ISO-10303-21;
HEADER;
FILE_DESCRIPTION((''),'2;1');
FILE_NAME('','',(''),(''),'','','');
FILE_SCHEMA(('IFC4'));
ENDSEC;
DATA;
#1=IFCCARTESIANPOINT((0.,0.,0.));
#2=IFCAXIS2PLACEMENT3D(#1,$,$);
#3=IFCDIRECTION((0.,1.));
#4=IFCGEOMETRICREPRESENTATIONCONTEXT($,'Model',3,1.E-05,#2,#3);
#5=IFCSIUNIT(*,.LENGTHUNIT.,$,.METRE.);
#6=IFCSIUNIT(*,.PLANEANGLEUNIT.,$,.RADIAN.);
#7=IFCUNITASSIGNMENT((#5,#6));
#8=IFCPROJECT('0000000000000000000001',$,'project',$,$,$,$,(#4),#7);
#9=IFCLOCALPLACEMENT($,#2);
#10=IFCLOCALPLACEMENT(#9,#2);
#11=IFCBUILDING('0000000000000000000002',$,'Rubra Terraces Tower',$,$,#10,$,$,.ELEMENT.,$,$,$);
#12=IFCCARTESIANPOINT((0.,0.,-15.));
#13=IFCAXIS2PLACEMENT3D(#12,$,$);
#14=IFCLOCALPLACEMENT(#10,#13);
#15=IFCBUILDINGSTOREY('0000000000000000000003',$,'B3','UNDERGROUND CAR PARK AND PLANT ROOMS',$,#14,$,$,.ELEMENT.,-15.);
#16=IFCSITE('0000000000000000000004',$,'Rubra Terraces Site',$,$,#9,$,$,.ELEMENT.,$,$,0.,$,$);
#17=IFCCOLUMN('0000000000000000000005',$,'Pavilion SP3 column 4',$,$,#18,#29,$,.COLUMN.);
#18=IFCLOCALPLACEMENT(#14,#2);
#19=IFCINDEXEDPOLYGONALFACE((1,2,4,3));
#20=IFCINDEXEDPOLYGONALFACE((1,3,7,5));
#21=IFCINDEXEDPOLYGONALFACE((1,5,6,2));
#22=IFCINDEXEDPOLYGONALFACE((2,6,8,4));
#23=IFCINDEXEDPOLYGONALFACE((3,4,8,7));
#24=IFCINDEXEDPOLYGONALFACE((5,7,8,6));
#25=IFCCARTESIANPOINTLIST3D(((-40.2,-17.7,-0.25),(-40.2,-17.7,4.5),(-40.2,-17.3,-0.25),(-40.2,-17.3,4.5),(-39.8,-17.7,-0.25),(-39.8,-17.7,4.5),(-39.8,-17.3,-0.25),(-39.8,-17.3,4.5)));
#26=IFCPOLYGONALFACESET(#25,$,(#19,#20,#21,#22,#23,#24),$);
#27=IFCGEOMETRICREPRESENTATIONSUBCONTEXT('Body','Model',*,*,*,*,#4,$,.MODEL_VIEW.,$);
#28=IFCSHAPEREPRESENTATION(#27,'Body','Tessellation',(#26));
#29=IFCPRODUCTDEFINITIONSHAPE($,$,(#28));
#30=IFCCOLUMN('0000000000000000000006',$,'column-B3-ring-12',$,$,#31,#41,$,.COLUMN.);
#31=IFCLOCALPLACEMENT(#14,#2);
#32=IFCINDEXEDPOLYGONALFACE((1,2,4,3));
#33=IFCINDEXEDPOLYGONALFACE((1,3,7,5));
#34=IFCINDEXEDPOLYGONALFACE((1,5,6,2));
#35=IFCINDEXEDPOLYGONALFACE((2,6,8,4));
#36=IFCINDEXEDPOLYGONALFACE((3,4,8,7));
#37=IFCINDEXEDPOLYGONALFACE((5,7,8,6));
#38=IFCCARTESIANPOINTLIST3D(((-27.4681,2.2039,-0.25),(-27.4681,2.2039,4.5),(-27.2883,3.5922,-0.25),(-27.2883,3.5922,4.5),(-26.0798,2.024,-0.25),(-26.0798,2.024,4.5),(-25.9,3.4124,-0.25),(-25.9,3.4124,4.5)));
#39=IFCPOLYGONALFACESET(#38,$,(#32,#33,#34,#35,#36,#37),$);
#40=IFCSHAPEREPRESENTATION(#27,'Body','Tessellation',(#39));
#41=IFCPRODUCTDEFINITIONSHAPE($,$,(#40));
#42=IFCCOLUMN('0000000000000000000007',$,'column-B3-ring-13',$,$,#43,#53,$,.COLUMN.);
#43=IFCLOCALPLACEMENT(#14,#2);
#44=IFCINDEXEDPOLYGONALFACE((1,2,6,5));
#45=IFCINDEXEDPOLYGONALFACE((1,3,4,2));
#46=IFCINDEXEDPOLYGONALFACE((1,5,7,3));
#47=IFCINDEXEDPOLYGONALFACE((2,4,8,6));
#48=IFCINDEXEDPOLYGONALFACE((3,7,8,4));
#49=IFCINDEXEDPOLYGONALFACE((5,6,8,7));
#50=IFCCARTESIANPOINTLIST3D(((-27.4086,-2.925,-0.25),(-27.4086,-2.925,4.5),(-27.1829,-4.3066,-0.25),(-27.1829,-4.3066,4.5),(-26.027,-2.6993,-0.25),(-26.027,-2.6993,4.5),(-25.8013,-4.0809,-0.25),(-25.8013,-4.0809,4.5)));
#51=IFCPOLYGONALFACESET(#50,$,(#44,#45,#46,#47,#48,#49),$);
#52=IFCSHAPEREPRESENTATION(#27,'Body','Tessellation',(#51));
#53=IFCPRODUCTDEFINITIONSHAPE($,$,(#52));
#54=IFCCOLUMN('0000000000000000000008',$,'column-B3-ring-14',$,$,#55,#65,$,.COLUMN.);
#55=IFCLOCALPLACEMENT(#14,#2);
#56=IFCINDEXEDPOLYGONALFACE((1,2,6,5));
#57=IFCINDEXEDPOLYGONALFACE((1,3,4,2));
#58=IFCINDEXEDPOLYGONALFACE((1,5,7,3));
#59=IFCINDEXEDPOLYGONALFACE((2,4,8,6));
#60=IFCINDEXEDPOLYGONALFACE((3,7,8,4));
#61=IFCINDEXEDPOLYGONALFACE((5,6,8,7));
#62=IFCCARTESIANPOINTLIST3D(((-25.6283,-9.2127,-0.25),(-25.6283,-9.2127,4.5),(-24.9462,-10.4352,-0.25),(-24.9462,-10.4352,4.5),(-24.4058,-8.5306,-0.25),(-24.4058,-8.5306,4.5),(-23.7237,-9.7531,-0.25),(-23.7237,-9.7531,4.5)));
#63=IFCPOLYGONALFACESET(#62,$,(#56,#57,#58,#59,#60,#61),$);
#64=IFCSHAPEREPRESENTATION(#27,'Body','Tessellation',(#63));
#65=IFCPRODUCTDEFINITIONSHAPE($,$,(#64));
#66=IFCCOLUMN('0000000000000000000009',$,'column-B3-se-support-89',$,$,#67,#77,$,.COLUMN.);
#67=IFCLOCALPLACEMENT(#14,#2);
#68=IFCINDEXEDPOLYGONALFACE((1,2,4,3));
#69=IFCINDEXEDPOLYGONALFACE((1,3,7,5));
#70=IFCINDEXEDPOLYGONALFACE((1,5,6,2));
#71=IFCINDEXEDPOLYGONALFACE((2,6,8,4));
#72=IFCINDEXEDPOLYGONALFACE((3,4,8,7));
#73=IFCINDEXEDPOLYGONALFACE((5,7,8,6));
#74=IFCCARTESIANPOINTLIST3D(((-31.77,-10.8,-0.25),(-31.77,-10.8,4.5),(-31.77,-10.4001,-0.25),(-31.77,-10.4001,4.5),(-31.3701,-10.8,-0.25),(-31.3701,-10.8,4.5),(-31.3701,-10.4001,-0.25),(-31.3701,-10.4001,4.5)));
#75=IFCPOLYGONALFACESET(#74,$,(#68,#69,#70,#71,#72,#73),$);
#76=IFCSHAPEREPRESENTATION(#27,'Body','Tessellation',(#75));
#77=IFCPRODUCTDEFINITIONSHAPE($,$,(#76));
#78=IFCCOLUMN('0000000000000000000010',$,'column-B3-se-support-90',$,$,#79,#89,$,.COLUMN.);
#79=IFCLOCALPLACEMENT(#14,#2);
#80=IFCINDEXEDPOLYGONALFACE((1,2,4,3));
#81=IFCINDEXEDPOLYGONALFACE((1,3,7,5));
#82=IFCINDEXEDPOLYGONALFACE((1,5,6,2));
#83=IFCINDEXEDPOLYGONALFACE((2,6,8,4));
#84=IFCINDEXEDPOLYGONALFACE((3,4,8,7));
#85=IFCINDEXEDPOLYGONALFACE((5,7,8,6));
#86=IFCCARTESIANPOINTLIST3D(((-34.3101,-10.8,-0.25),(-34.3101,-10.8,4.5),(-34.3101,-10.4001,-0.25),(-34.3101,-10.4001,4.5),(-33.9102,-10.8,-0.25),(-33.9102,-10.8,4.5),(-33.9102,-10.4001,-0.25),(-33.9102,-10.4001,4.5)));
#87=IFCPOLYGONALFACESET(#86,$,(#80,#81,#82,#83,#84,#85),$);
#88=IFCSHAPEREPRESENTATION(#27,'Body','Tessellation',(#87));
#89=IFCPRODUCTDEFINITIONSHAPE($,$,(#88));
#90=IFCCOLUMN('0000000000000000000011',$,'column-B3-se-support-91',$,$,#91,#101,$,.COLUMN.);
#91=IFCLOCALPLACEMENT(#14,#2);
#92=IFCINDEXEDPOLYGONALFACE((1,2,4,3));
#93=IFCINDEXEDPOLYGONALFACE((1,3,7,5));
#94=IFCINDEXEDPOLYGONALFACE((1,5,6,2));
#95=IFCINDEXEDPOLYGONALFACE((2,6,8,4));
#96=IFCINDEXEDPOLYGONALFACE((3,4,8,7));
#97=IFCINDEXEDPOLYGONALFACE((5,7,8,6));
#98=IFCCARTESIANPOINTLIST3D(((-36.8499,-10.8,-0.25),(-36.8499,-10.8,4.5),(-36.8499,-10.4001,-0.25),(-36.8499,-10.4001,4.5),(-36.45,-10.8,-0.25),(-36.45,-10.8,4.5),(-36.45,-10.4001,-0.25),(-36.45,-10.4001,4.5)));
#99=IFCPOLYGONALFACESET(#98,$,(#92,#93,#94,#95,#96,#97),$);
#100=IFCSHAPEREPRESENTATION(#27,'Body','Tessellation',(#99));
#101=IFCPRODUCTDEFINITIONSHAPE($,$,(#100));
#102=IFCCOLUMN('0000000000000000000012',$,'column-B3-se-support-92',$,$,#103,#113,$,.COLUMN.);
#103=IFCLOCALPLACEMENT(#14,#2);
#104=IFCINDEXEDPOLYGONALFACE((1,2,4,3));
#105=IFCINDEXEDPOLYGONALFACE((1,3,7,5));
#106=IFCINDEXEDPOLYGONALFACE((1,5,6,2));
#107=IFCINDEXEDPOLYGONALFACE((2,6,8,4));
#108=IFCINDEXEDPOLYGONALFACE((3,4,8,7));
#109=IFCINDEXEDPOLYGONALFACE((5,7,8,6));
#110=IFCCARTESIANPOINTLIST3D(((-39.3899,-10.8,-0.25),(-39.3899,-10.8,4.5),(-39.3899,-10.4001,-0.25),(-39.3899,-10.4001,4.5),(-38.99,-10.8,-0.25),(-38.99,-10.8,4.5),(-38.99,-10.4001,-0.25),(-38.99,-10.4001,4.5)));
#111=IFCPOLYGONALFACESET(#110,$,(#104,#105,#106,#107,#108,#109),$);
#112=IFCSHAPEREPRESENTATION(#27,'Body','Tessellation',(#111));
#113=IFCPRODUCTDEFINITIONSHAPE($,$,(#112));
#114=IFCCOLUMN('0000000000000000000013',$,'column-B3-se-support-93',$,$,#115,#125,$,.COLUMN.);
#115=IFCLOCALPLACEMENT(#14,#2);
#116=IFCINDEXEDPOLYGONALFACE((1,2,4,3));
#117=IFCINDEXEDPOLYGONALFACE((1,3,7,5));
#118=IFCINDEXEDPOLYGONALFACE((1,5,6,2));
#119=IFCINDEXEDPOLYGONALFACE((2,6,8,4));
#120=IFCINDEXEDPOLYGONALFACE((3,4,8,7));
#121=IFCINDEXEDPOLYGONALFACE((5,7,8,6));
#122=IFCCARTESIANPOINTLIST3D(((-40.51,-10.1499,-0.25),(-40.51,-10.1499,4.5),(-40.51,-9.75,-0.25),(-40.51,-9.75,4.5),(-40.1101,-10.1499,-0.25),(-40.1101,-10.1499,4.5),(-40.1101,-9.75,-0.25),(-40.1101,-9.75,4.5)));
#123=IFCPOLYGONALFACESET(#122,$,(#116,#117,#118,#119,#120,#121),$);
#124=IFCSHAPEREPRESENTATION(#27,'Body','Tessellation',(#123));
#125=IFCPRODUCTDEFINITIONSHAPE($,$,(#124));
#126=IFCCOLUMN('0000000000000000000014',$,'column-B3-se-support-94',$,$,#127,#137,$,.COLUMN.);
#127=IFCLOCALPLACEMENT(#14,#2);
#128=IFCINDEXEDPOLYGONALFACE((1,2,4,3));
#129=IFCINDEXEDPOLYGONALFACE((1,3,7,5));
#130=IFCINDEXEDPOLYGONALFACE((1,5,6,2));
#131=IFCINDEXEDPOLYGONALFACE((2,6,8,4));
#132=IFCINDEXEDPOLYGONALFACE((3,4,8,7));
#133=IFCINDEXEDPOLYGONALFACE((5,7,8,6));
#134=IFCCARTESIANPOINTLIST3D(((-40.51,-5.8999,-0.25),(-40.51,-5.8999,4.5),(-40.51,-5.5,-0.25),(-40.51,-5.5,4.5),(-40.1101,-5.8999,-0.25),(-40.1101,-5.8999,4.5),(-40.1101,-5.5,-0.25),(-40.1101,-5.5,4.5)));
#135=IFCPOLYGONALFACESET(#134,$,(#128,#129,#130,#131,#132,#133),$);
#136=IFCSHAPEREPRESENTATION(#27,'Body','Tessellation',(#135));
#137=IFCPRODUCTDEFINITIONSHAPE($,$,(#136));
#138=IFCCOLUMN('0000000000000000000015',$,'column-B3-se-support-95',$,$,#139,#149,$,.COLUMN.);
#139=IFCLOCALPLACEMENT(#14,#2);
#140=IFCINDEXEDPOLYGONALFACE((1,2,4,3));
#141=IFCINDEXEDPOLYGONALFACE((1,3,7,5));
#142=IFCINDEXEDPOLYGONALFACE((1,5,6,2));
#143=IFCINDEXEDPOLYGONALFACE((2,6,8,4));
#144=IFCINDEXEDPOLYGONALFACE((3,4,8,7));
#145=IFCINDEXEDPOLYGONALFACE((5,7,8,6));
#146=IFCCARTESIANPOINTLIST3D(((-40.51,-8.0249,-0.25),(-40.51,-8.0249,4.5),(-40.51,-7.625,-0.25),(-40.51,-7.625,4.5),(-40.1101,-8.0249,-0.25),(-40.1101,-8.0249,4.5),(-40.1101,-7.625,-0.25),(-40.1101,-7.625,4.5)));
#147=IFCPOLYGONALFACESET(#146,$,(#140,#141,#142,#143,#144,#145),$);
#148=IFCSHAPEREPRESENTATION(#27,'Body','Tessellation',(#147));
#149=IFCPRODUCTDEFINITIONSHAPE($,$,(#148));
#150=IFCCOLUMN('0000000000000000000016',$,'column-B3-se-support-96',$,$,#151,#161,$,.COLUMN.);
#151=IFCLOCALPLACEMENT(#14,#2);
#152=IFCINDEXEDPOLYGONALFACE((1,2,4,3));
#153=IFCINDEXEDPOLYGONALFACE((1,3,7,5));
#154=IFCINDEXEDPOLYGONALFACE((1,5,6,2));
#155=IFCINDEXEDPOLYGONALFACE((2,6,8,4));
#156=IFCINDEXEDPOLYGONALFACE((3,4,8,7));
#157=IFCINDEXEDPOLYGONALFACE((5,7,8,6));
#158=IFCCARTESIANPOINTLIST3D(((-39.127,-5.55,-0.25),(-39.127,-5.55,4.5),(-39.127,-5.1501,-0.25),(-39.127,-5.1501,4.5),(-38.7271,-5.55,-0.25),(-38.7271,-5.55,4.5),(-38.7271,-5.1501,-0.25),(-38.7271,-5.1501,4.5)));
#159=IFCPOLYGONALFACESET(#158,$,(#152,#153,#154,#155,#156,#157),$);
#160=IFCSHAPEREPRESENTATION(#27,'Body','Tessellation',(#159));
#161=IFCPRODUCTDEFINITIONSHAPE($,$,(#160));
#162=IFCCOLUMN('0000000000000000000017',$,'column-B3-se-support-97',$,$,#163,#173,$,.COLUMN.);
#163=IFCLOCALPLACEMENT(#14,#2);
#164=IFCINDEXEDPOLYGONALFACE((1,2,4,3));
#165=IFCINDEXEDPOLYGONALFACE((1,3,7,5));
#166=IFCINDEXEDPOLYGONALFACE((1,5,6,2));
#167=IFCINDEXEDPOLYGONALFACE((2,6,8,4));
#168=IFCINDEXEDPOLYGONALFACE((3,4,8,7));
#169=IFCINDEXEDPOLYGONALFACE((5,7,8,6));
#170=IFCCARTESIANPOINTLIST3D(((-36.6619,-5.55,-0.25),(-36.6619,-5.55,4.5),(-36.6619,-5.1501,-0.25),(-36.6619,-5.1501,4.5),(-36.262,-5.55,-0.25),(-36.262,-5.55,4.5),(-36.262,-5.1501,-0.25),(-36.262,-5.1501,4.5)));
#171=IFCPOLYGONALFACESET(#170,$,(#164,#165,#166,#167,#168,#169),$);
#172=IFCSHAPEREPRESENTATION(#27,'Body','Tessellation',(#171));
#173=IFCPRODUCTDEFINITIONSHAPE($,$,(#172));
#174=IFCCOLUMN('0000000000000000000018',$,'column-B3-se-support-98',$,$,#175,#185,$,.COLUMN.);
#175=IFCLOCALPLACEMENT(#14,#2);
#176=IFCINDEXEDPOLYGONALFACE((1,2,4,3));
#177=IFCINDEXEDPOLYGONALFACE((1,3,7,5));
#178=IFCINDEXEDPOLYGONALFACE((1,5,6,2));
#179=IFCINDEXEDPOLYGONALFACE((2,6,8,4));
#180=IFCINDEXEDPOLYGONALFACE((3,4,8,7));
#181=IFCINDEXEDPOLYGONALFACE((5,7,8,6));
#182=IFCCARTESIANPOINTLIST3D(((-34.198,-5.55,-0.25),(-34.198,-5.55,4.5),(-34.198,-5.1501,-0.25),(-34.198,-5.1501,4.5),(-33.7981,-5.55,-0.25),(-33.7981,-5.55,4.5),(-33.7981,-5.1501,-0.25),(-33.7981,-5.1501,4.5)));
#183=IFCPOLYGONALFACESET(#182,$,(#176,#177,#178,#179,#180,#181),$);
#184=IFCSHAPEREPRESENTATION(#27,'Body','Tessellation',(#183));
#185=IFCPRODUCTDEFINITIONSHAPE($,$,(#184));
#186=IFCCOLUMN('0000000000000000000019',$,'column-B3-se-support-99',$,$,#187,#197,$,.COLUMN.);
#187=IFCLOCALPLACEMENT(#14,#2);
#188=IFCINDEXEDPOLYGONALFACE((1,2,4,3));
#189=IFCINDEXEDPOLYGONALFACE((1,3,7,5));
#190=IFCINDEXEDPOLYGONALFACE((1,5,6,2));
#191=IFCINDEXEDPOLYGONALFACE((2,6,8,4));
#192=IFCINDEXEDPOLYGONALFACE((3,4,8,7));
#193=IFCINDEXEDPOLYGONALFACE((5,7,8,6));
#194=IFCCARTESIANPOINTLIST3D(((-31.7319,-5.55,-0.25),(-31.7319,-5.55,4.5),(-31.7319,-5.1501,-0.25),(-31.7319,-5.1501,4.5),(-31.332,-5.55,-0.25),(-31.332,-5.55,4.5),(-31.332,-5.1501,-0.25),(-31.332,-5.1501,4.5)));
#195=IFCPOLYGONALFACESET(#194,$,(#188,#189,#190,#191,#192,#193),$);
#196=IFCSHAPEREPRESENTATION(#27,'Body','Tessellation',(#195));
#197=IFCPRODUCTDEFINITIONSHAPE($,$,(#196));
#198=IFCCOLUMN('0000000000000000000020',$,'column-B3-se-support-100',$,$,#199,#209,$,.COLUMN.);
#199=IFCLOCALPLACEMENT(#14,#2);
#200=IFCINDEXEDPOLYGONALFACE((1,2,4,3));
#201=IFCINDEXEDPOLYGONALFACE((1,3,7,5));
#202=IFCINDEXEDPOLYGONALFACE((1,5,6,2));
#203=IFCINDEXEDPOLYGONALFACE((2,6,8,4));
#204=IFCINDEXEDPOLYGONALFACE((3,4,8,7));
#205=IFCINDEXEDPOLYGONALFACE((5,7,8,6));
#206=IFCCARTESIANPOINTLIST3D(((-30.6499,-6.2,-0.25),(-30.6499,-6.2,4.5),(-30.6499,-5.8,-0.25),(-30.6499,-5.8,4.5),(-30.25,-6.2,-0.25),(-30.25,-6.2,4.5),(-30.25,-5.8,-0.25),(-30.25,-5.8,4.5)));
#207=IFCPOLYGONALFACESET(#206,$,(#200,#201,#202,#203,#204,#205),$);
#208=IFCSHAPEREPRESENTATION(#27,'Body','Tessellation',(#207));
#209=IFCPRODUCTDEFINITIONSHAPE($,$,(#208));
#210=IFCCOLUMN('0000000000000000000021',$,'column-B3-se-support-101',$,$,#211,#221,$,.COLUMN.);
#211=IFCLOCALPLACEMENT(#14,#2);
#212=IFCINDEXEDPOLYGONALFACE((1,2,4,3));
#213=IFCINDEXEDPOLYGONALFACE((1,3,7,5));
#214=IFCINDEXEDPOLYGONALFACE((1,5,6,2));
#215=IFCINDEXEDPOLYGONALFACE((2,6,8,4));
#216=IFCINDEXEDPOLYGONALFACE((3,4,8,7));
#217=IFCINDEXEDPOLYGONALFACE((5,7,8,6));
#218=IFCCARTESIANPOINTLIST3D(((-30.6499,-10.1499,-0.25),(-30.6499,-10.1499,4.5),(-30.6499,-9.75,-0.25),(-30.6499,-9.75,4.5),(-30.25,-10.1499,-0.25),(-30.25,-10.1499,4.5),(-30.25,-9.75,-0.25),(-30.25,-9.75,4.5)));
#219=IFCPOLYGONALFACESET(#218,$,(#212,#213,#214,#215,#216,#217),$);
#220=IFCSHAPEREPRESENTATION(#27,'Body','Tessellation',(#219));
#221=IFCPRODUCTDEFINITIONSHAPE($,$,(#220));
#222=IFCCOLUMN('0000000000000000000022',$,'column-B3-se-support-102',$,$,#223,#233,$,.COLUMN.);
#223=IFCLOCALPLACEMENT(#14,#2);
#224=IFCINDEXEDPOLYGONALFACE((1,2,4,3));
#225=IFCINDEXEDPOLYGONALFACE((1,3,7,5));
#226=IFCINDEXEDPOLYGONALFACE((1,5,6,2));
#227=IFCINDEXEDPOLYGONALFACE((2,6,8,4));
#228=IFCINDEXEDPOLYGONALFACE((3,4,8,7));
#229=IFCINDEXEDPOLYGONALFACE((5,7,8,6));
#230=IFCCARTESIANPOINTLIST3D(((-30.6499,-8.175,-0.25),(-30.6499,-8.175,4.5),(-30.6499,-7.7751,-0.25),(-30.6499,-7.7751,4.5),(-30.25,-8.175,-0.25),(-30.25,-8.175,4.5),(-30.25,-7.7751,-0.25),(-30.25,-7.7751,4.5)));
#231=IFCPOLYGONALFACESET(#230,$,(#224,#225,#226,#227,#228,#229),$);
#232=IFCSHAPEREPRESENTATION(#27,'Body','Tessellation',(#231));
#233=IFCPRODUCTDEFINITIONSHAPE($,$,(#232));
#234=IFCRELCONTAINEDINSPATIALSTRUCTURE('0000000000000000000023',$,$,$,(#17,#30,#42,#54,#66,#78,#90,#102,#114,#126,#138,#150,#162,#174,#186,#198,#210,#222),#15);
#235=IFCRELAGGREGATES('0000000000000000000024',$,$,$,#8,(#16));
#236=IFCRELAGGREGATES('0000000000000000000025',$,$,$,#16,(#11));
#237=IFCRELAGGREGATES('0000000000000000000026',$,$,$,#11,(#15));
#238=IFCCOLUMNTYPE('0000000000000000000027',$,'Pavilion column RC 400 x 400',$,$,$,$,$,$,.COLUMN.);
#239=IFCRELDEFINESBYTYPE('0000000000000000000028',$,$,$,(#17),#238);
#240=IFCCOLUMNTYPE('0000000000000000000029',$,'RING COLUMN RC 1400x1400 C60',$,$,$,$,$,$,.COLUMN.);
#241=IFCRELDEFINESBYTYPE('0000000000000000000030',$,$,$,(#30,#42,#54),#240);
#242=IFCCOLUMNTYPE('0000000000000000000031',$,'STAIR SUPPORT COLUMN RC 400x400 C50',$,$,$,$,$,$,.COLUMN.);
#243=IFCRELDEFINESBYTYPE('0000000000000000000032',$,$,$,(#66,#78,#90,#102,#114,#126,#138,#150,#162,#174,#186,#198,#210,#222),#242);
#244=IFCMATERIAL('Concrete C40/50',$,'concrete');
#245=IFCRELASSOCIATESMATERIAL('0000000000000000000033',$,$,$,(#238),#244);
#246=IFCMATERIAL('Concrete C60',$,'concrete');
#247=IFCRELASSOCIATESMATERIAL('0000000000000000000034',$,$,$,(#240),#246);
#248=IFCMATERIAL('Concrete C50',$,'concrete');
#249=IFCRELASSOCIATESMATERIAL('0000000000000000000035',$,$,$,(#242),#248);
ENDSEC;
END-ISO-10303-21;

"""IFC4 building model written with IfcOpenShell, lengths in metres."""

from ifc_helpers import new_model, si_unit, direction, frame, origin, origin_2d, place, context, subcontext, project, spatial, rectangle, extrude, material, material_profile, profile_set, type_object, element, save


model = new_model("IFC4")

# Units and contexts
model_context = context("Model", 3, precision=1e-05, world=origin(), true_north=direction((0.0, 1.0)))
body_context = subcontext(model_context, "Body", "Model", "MODEL_VIEW")
ifc_project = project(units=[si_unit("LENGTHUNIT", "METRE"), si_unit("PLANEANGLEUNIT", "RADIAN")], contexts=[model_context])

# Site, building, storey
site_placement = place(None, origin())
site = spatial("IfcSite", under=ifc_project, at=site_placement, Name="Rubra Terraces Site", CompositionType="ELEMENT", RefElevation=0.0)
building_placement = place(site_placement, origin())
building = spatial("IfcBuilding", under=site, at=building_placement, Name="Rubra Terraces Tower", CompositionType="ELEMENT")
storey_placement = place(building_placement, frame((0.0, 0.0, -15.0)))
storey = spatial("IfcBuildingStorey", under=building, at=storey_placement, Name="B3", Description="UNDERGROUND CAR PARK AND PLANT ROOMS", CompositionType="ELEMENT", Elevation=-15.0)

# Columns
ifc_material_1 = material(Name="Concrete C40/50", Category="concrete")
ifc_material_profile_1 = material_profile(ifc_material_1, rectangle(XDim=0.3999, YDim=0.3999, at=origin_2d()), Name="RC 400x400")
ifc_profile_set_1 = profile_set([ifc_material_profile_1], Name="Concrete C40/50")
column_type_1 = type_object("IfcColumnType", Name="Pavilion column RC 400 x 400", PredefinedType="COLUMN", material=ifc_profile_set_1)
for number, where, z_axis, x_axis, name in (
    (1, (-40.0, -17.5, -0.25), (0.0, 0.0, 1.0), (1.0, 0.0, 0.0), "Pavilion SP3 column 4"),
):
    element("IfcColumn", number, at=place(storey_placement, frame(where, z_axis=z_axis, x_axis=x_axis)), inside=storey, type_object=column_type_1, Name=name, PredefinedType="COLUMN", context=body_context, shape_type="SweptSolid", body=[
        extrude(rectangle(XDim=0.3999, YDim=0.3999, at=origin_2d()), origin(), (0.0, 0.0, 1.0), 4.75),
    ])
ifc_material_2 = material(Name="Concrete C60", Category="concrete")
ifc_material_profile_2 = material_profile(ifc_material_2, rectangle(XDim=1.3999, YDim=1.3999, at=origin_2d()), Name="RC 1400x1400")
ifc_profile_set_2 = profile_set([ifc_material_profile_2], Name="Concrete C60")
column_type_2 = type_object("IfcColumnType", Name="RING COLUMN RC 1400x1400 C60", PredefinedType="COLUMN", material=ifc_profile_set_2)
for number, where, z_axis, x_axis, name in (
    (2, (-26.6841, 2.8081, -0.25), (0.0, 0.0, 1.0), (-0.128445, -0.991717, 0.0), "column-B3-ring-12"),
    (3, (-26.605, -3.5029, -0.25), (0.0, 0.0, 1.0), (0.161234, -0.986916, 0.0), "column-B3-ring-13"),
    (4, (-24.676, -9.4829, -0.25), (0.0, 0.0, 1.0), (0.487227, -0.873276, 0.0), "column-B3-ring-14"),
):
    element("IfcColumn", number, at=place(storey_placement, frame(where, z_axis=z_axis, x_axis=x_axis)), inside=storey, type_object=column_type_2, Name=name, PredefinedType="COLUMN", context=body_context, shape_type="SweptSolid", body=[
        extrude(rectangle(XDim=1.3999, YDim=1.3999, at=origin_2d()), origin(), (0.0, 0.0, 1.0), 4.75),
    ])
ifc_material_3 = material(Name="Concrete C50", Category="concrete")
ifc_material_profile_3 = material_profile(ifc_material_3, rectangle(XDim=0.3999, YDim=0.3999, at=origin_2d()), Name="RC 400x400")
ifc_profile_set_3 = profile_set([ifc_material_profile_3], Name="Concrete C50")
column_type_3 = type_object("IfcColumnType", Name="STAIR SUPPORT COLUMN RC 400x400 C50", PredefinedType="COLUMN", material=ifc_profile_set_3)
for number, where, z_axis, x_axis, name in (
    (5, (-31.5701, -10.6001, -0.25), (0.0, 0.0, 1.0), (1.0, 0.0, 0.0), "column-B3-se-support-89"),
    (6, (-34.1101, -10.6001, -0.25), (0.0, 0.0, 1.0), (1.0, 0.0, 0.0), "column-B3-se-support-90"),
    (7, (-36.6499, -10.6001, -0.25), (0.0, 0.0, 1.0), (1.0, 0.0, 0.0), "column-B3-se-support-91"),
    (8, (-39.1899, -10.6001, -0.25), (0.0, 0.0, 1.0), (1.0, 0.0, 0.0), "column-B3-se-support-92"),
    (9, (-40.3101, -9.95, -0.25), (0.0, 0.0, 1.0), (1.0, 0.0, 0.0), "column-B3-se-support-93"),
    (10, (-40.3101, -5.7, -0.25), (0.0, 0.0, 1.0), (1.0, 0.0, 0.0), "column-B3-se-support-94"),
    (11, (-40.3101, -7.825, -0.25), (0.0, 0.0, 1.0), (1.0, 0.0, 0.0), "column-B3-se-support-95"),
    (12, (-38.927, -5.3501, -0.25), (0.0, 0.0, 1.0), (1.0, 0.0, 0.0), "column-B3-se-support-96"),
    (13, (-36.4619, -5.3501, -0.25), (0.0, 0.0, 1.0), (1.0, 0.0, 0.0), "column-B3-se-support-97"),
    (14, (-33.998, -5.3501, -0.25), (0.0, 0.0, 1.0), (1.0, 0.0, 0.0), "column-B3-se-support-98"),
    (15, (-31.532, -5.3501, -0.25), (0.0, 0.0, 1.0), (1.0, 0.0, 0.0), "column-B3-se-support-99"),
    (16, (-30.45, -6.0, -0.25), (0.0, 0.0, 1.0), (1.0, 0.0, 0.0), "column-B3-se-support-100"),
    (17, (-30.45, -9.95, -0.25), (0.0, 0.0, 1.0), (1.0, 0.0, 0.0), "column-B3-se-support-101"),
    (18, (-30.45, -7.9751, -0.25), (0.0, 0.0, 1.0), (1.0, 0.0, 0.0), "column-B3-se-support-102"),
):
    element("IfcColumn", number, at=place(storey_placement, frame(where, z_axis=z_axis, x_axis=x_axis)), inside=storey, type_object=column_type_3, Name=name, PredefinedType="COLUMN", context=body_context, shape_type="SweptSolid", body=[
        extrude(rectangle(XDim=0.3999, YDim=0.3999, at=origin_2d()), origin(), (0.0, 0.0, 1.0), 4.75),
    ])

save(model, "model.ifc")
